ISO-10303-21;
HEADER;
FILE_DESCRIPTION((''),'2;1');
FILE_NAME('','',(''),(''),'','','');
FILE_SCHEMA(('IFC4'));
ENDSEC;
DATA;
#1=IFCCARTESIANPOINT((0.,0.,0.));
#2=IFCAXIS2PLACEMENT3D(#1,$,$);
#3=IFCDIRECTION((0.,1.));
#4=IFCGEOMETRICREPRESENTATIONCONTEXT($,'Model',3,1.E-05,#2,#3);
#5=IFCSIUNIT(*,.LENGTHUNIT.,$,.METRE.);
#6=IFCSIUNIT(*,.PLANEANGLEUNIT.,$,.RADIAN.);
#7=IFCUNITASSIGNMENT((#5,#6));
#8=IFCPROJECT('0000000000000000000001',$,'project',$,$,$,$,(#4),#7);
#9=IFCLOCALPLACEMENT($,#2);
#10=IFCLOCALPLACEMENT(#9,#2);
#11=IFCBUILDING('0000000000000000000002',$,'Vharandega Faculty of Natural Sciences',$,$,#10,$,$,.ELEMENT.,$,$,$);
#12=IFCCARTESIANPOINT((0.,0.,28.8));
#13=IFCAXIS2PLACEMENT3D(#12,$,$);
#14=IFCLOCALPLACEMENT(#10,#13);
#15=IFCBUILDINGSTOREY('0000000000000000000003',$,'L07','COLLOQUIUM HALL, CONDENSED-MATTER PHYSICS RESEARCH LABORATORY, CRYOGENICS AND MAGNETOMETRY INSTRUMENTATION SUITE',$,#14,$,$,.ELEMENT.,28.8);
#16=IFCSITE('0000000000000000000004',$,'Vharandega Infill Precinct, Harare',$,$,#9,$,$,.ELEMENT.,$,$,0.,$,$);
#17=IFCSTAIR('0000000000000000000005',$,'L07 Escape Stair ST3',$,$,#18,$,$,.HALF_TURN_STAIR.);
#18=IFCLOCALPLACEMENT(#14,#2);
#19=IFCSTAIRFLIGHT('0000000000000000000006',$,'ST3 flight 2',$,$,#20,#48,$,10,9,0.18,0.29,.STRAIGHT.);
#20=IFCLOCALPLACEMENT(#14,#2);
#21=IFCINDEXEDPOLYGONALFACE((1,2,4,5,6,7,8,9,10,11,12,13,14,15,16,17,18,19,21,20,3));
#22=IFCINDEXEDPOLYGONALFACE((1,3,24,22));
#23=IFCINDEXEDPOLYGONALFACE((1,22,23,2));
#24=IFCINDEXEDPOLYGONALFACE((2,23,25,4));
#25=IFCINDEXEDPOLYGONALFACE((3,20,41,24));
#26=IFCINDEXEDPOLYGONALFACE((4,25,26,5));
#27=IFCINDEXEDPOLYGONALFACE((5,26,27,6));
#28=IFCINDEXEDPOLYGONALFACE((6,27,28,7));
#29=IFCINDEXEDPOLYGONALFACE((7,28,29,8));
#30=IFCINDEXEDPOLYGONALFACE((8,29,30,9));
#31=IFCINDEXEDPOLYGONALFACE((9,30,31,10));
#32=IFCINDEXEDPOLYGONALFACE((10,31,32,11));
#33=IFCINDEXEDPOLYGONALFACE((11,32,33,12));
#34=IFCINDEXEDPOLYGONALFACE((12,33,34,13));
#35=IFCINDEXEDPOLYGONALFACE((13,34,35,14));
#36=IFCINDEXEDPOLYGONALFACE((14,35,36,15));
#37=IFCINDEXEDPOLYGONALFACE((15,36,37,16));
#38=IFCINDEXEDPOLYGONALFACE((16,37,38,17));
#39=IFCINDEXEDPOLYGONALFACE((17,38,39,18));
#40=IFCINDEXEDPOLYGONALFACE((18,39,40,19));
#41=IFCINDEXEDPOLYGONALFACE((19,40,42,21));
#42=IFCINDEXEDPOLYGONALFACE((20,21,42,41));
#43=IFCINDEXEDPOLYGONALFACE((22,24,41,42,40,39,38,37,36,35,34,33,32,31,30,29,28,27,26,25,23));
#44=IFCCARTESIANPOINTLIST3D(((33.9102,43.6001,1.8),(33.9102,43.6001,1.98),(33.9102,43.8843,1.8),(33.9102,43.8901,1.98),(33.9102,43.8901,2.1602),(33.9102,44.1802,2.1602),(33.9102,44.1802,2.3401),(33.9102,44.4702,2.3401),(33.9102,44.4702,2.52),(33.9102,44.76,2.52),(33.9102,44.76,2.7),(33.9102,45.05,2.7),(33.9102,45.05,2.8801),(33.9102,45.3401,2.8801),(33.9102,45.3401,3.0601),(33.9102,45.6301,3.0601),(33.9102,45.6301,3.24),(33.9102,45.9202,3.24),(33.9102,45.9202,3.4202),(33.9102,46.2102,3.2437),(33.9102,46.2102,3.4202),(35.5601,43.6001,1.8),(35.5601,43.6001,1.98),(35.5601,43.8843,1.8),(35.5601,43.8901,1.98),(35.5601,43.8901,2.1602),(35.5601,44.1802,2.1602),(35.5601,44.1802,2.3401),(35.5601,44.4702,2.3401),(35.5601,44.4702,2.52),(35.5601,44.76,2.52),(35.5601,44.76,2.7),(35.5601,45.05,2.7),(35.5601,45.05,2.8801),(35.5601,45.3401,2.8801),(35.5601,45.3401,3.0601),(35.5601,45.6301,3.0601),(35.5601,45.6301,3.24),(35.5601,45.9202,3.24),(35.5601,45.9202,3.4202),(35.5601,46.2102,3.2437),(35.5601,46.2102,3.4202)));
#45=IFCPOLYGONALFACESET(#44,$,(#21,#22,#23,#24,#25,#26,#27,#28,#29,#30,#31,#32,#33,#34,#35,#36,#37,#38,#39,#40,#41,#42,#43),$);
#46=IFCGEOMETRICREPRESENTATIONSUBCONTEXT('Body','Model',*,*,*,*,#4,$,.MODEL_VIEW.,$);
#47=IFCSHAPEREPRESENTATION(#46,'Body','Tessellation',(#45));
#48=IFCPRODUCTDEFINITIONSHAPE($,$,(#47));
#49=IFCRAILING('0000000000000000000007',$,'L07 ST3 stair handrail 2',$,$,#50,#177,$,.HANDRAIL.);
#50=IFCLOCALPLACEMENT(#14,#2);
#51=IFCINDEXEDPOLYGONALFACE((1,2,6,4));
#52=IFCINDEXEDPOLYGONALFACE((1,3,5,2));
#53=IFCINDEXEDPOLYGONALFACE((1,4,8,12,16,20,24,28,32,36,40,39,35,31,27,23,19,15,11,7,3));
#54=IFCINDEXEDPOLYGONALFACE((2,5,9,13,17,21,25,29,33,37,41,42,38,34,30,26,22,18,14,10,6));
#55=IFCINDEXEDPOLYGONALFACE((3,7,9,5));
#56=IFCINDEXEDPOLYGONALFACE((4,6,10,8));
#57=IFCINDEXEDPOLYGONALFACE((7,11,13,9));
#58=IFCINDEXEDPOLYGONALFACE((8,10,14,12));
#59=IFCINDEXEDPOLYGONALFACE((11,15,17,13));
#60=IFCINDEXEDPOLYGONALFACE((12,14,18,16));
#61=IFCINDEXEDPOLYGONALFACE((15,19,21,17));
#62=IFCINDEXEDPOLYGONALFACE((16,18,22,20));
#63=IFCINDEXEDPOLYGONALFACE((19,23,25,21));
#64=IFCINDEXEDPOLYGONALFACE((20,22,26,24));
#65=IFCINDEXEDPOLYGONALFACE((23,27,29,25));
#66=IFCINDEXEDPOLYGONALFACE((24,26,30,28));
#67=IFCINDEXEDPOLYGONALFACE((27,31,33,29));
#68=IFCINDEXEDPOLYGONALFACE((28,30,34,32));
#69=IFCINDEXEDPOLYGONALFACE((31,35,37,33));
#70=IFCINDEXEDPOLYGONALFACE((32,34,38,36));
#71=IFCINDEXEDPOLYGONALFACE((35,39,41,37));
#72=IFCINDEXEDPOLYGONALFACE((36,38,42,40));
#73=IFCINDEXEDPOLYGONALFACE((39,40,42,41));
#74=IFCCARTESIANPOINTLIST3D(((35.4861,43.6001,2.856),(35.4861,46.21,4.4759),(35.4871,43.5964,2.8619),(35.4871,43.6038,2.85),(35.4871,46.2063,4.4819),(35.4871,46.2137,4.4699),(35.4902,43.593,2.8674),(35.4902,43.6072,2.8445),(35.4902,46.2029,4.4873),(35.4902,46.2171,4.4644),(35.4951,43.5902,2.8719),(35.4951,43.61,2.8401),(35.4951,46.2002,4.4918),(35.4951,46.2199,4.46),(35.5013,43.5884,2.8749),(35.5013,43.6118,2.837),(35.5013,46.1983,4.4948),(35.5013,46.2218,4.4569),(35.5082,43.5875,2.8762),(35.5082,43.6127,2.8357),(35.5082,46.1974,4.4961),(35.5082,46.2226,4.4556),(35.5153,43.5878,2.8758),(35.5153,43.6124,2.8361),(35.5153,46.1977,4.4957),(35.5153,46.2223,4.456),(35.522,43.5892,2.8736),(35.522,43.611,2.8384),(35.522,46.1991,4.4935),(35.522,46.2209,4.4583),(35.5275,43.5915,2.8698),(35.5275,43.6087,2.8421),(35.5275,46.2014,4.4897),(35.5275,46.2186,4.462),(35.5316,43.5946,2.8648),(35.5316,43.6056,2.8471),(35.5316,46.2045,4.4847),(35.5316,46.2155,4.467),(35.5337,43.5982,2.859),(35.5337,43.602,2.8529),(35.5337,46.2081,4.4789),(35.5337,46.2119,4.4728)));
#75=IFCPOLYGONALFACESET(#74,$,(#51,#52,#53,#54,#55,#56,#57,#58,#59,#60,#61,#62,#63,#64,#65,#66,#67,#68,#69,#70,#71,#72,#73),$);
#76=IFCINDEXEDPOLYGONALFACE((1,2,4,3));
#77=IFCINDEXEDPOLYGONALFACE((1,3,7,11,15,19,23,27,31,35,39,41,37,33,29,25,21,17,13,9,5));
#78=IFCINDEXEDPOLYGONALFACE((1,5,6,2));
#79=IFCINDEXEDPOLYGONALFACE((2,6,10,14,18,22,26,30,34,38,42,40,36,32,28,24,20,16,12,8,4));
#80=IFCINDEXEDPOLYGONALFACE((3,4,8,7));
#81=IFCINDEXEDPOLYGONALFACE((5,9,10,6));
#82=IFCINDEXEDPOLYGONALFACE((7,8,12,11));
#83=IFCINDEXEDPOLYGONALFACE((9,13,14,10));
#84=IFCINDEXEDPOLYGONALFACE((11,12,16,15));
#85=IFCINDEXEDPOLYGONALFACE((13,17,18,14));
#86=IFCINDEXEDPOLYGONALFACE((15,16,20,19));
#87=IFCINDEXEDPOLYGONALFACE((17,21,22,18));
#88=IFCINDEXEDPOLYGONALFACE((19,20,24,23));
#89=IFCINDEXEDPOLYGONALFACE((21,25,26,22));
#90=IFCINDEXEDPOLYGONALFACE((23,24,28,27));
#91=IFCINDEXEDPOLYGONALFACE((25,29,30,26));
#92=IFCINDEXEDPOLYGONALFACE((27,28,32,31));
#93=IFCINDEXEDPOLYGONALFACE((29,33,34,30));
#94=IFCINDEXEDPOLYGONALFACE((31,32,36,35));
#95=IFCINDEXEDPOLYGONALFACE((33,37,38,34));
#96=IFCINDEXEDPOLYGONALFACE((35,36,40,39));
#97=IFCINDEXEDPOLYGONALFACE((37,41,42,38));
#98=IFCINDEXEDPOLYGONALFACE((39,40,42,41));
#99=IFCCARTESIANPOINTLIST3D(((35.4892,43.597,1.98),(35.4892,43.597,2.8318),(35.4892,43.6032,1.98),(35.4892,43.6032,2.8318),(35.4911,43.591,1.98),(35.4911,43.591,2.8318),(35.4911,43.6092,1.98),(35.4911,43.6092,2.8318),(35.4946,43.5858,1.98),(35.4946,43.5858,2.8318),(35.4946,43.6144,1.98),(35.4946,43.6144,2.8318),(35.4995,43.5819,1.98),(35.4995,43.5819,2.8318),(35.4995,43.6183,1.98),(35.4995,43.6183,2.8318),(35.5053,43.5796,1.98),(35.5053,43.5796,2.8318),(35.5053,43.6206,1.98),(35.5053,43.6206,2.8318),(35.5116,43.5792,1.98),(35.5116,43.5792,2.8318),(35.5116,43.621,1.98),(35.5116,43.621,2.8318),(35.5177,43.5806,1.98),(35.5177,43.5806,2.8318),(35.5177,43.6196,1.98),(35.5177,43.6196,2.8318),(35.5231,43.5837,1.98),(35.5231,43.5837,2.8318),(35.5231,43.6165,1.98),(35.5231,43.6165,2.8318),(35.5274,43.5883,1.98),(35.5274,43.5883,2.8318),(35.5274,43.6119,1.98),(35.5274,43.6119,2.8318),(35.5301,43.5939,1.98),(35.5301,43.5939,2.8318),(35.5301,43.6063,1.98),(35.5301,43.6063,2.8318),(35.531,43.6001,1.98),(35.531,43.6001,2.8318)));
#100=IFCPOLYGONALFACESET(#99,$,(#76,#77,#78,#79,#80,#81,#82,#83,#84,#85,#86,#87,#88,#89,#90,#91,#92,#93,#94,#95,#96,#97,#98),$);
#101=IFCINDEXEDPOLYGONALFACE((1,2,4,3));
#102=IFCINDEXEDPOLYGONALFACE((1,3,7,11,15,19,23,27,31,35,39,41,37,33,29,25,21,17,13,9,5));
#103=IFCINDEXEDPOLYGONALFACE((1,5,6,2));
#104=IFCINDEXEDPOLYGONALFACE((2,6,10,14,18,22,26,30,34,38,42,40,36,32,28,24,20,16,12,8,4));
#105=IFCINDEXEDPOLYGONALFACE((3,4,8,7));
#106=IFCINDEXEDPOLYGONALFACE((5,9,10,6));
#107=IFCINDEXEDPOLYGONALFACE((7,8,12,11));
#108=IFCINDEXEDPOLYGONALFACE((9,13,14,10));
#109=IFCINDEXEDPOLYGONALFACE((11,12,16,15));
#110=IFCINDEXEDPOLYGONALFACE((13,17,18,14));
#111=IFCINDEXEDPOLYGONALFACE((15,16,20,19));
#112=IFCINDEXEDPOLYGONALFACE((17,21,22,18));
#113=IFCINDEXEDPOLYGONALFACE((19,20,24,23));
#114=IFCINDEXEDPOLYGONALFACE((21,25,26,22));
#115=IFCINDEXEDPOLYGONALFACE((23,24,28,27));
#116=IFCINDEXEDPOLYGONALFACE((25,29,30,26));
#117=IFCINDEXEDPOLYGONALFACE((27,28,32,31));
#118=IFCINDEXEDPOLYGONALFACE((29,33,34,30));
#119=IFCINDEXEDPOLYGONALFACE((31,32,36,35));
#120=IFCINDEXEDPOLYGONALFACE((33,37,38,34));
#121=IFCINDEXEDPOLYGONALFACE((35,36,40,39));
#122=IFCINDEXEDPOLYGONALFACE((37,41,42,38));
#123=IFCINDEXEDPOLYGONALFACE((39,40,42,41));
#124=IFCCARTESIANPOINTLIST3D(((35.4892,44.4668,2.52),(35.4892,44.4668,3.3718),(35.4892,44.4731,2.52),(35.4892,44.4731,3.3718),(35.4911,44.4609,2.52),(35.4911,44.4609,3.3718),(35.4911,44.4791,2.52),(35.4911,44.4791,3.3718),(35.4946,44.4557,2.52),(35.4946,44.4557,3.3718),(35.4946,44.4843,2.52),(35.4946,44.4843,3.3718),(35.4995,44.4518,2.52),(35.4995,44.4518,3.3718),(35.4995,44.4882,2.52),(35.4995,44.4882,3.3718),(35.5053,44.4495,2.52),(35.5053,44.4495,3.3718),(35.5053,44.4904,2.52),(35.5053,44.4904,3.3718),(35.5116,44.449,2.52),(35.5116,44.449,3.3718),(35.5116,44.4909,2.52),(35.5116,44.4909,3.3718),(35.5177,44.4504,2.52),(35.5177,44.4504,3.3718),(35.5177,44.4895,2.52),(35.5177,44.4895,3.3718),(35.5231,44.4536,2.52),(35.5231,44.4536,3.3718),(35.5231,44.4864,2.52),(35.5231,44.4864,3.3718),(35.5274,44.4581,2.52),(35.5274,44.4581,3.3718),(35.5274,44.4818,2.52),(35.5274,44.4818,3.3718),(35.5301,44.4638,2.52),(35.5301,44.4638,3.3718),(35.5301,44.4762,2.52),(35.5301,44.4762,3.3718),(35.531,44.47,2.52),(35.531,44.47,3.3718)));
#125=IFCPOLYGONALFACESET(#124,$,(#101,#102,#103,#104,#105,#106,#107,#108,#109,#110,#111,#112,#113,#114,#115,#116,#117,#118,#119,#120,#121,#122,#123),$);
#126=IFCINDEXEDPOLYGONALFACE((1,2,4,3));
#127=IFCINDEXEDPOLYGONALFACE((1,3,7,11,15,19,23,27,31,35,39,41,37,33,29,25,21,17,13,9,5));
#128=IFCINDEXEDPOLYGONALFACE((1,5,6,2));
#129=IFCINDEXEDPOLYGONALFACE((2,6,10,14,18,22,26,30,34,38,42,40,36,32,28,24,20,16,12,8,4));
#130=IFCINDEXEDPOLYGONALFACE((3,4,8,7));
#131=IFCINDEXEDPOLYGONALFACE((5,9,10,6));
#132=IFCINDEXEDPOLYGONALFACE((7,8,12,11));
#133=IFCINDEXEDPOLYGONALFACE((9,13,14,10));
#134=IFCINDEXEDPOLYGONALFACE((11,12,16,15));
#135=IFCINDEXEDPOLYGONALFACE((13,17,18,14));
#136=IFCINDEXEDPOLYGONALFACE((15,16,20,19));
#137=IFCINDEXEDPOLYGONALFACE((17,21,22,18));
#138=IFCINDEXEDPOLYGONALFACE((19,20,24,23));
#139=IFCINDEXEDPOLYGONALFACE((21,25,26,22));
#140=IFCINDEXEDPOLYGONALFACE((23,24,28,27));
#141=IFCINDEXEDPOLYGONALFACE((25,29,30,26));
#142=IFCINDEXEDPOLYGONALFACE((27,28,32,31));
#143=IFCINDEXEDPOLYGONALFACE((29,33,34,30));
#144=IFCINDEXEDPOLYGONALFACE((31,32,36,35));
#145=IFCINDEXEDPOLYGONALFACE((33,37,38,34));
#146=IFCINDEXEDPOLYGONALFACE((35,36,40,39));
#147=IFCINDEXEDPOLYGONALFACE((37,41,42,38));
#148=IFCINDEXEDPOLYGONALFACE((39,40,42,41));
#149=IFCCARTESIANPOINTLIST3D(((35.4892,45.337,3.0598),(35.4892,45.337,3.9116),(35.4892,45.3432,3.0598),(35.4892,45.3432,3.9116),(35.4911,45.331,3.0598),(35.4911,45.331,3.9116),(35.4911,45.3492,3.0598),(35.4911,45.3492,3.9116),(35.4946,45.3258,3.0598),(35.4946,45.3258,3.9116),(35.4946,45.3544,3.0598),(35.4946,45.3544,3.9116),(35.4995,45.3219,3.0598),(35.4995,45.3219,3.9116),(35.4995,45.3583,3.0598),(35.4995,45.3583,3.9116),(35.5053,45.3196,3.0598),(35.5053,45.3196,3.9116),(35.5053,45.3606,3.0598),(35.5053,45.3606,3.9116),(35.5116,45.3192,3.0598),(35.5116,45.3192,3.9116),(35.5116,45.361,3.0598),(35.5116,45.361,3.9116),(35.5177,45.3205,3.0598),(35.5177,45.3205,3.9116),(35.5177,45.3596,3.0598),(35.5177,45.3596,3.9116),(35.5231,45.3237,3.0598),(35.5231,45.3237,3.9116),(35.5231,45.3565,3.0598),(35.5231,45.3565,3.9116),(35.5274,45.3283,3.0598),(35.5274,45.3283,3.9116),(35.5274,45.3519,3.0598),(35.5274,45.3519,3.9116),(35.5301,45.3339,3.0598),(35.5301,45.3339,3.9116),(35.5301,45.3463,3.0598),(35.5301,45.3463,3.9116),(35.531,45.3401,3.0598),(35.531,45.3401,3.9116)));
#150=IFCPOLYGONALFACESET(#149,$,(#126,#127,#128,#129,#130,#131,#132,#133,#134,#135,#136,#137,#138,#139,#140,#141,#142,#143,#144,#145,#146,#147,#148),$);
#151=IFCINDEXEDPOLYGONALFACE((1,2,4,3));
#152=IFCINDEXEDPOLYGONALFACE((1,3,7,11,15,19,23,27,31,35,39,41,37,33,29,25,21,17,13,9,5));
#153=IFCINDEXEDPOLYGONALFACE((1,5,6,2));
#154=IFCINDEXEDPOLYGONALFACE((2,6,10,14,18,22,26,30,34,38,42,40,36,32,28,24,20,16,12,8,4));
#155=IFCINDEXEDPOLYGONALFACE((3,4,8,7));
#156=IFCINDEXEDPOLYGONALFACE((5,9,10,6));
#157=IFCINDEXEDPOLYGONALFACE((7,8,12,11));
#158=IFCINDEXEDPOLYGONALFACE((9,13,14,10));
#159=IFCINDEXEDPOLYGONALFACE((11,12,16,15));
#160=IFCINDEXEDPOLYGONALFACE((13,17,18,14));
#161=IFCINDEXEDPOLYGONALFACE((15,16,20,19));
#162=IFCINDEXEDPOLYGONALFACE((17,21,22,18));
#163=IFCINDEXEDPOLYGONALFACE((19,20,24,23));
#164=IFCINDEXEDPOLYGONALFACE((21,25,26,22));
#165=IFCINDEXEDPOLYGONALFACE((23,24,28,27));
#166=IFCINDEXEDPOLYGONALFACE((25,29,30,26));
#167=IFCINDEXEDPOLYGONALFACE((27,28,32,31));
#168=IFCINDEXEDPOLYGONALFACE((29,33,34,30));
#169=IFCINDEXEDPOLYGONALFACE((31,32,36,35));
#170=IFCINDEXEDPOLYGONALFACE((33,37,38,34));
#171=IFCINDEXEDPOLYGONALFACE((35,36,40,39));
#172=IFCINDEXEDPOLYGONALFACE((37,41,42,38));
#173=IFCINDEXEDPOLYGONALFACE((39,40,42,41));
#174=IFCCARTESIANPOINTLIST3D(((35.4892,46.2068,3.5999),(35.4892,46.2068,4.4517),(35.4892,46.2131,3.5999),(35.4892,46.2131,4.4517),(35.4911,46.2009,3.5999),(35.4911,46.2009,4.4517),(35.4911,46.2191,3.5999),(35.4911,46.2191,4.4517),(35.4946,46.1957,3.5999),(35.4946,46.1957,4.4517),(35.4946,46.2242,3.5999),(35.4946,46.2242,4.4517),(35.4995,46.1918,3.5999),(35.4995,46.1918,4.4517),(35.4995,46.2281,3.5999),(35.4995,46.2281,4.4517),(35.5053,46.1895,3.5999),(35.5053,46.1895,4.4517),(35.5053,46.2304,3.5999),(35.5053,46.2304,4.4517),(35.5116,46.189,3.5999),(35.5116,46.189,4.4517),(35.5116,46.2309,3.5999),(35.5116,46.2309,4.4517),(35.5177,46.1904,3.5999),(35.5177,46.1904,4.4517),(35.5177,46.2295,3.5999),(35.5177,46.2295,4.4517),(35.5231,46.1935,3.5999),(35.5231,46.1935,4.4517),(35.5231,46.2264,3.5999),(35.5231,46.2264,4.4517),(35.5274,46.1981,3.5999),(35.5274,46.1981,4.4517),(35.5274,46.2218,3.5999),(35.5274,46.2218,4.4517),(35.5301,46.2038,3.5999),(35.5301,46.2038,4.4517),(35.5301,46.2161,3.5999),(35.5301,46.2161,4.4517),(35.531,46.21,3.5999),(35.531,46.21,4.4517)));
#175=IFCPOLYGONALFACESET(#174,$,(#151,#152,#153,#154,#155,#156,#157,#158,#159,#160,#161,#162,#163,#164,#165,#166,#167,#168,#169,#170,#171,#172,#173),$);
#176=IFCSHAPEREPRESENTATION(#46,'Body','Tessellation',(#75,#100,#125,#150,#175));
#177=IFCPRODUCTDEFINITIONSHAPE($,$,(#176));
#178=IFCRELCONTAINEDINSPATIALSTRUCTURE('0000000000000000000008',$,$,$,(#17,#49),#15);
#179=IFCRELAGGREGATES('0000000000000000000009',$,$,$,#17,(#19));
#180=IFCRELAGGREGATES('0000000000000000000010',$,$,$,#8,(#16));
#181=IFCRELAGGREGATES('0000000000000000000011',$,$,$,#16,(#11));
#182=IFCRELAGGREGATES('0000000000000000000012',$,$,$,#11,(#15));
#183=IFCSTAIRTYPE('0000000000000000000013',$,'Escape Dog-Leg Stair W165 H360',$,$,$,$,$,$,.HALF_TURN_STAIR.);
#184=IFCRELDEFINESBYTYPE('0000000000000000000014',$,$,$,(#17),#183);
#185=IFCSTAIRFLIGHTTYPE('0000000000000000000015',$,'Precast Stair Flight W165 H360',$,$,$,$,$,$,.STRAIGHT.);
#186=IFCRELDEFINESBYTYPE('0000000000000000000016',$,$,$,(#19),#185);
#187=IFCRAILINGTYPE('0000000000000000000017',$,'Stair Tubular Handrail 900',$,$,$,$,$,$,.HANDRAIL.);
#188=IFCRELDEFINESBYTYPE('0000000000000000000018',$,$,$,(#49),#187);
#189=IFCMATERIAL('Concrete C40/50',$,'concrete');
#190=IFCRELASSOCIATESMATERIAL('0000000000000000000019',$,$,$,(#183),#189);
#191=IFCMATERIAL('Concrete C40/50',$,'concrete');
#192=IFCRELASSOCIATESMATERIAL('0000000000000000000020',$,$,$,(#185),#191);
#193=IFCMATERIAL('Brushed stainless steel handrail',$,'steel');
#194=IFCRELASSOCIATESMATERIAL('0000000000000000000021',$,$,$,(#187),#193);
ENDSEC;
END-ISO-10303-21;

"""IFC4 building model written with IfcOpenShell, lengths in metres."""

from ifc_helpers import new_model, si_unit, direction, frame, origin, origin_2d, place, context, subcontext, project, spatial, polyline, circle, outline, extrude, material, type_object, element, aggregate, save


model = new_model("IFC4")

# Units and contexts
model_context = context("Model", 3, precision=1e-05, world=origin(), true_north=direction((0.0, 1.0)))
body_context = subcontext(model_context, "Body", "Model", "MODEL_VIEW")
ifc_project = project(units=[si_unit("LENGTHUNIT", "METRE"), si_unit("PLANEANGLEUNIT", "RADIAN")], contexts=[model_context])

# Site, building, storey
site_placement = place(None, origin())
site = spatial("IfcSite", under=ifc_project, at=site_placement, Name="Vharandega Infill Precinct, Harare", CompositionType="ELEMENT", RefElevation=0.0)
building_placement = place(site_placement, origin())
building = spatial("IfcBuilding", under=site, at=building_placement, Name="Vharandega Faculty of Natural Sciences", CompositionType="ELEMENT")
storey_placement = place(building_placement, frame((0.0, 0.0, 28.8)))
storey = spatial("IfcBuildingStorey", under=building, at=storey_placement, Name="L07", Description="COLLOQUIUM HALL, CONDENSED-MATTER PHYSICS RESEARCH LABORATORY, CRYOGENICS AND MAGNETOMETRY INSTRUMENTATION SUITE", CompositionType="ELEMENT", Elevation=28.8)

# Stair, stair flight
ifc_material_1 = material(Name="Concrete C40/50", Category="concrete")
stair_type = type_object("IfcStairType", Name="Escape Dog-Leg Stair W165 H360", PredefinedType="HALF_TURN_STAIR", material=ifc_material_1)
stair_placement = place(storey_placement, origin())
stair = element("IfcStair", 1, at=stair_placement, inside=storey, type_object=stair_type, Name="L07 Escape Stair ST3", PredefinedType="HALF_TURN_STAIR")
ifc_material_2 = material(Name="Concrete C40/50", Category="concrete")
stair_flight_type = type_object("IfcStairFlightType", Name="Precast Stair Flight W165 H360", PredefinedType="STRAIGHT", material=ifc_material_2)
stair_flight_1_placement = place(storey_placement, frame((34.7351, 43.6001, 1.8), z_axis=(0.0, 0.0, 1.0), x_axis=(0.0, 1.0, 0.0)))
stair_flight_1 = element("IfcStairFlight", 2, at=stair_flight_1_placement, type_object=stair_flight_type, Name="ST3 flight 2", NumberOfRisers=10, NumberOfTreads=9, PredefinedType="STRAIGHT", RiserHeight=0.18, TreadLength=0.29, context=body_context, shape_type="SweptSolid", body=[
    extrude(outline(polyline([(0.0, 0.0), (0.0, 0.1799), (0.29, 0.1799), (0.29, 0.3601), (0.5801, 0.3601), (0.5801, 0.54), (0.8701, 0.54), (0.8701, 0.72), (1.1599, 0.72), (1.1599, 0.8999), (1.45, 0.8999), (1.45, 1.0801), (1.74, 1.0801), (1.74, 1.26), (2.03, 1.26), (2.03, 1.4399), (2.3201, 1.4399), (2.3201, 1.6201), (2.6101, 1.6201), (2.6101, 1.8), (2.6101, 1.4436), (0.2842, 0.0), (0.0, 0.0)])), frame((0.0, 0.825, 0.0), z_axis=(0.0, -1.0, 0.0), x_axis=(1.0, 0.0, 0.0)), (0.0, 0.0, 1.0), 1.6499),
])
aggregate(stair, [stair_flight_1])

# Railing
ifc_material_3 = material(Name="Brushed stainless steel handrail", Category="steel")
railing_type_1 = type_object("IfcRailingType", Name="Stair Tubular Handrail 900", PredefinedType="HANDRAIL", material=ifc_material_3)
railing_1_placement = place(storey_placement, frame((35.51, 43.6001, 1.98)))
element("IfcRailing", 3, at=railing_1_placement, inside=storey, type_object=railing_type_1, Name="L07 ST3 stair handrail 2", PredefinedType="HANDRAIL", context=body_context, shape_type="SweptSolid", body=[
    extrude(circle(Radius=0.0239, at=origin_2d()), frame((0.0, 0.0, 0.876), z_axis=(0.0, 0.849646, 0.527353), x_axis=(-1.0, 0.0, 0.0)), (0.0, 0.0, 1.0), 3.0718),
    extrude(circle(Radius=0.021, at=origin_2d()), origin(), (0.0, 0.0, 1.0), 0.8518),
    extrude(circle(Radius=0.021, at=origin_2d()), frame((0.0, 0.8699, 0.54)), (0.0, 0.0, 1.0), 0.8518),
    extrude(circle(Radius=0.021, at=origin_2d()), frame((0.0, 1.74, 1.0798)), (0.0, 0.0, 1.0), 0.8518),
    extrude(circle(Radius=0.021, at=origin_2d()), frame((0.0, 2.6099, 1.6199)), (0.0, 0.0, 1.0), 0.8518),
])

save(model, "model.ifc")
